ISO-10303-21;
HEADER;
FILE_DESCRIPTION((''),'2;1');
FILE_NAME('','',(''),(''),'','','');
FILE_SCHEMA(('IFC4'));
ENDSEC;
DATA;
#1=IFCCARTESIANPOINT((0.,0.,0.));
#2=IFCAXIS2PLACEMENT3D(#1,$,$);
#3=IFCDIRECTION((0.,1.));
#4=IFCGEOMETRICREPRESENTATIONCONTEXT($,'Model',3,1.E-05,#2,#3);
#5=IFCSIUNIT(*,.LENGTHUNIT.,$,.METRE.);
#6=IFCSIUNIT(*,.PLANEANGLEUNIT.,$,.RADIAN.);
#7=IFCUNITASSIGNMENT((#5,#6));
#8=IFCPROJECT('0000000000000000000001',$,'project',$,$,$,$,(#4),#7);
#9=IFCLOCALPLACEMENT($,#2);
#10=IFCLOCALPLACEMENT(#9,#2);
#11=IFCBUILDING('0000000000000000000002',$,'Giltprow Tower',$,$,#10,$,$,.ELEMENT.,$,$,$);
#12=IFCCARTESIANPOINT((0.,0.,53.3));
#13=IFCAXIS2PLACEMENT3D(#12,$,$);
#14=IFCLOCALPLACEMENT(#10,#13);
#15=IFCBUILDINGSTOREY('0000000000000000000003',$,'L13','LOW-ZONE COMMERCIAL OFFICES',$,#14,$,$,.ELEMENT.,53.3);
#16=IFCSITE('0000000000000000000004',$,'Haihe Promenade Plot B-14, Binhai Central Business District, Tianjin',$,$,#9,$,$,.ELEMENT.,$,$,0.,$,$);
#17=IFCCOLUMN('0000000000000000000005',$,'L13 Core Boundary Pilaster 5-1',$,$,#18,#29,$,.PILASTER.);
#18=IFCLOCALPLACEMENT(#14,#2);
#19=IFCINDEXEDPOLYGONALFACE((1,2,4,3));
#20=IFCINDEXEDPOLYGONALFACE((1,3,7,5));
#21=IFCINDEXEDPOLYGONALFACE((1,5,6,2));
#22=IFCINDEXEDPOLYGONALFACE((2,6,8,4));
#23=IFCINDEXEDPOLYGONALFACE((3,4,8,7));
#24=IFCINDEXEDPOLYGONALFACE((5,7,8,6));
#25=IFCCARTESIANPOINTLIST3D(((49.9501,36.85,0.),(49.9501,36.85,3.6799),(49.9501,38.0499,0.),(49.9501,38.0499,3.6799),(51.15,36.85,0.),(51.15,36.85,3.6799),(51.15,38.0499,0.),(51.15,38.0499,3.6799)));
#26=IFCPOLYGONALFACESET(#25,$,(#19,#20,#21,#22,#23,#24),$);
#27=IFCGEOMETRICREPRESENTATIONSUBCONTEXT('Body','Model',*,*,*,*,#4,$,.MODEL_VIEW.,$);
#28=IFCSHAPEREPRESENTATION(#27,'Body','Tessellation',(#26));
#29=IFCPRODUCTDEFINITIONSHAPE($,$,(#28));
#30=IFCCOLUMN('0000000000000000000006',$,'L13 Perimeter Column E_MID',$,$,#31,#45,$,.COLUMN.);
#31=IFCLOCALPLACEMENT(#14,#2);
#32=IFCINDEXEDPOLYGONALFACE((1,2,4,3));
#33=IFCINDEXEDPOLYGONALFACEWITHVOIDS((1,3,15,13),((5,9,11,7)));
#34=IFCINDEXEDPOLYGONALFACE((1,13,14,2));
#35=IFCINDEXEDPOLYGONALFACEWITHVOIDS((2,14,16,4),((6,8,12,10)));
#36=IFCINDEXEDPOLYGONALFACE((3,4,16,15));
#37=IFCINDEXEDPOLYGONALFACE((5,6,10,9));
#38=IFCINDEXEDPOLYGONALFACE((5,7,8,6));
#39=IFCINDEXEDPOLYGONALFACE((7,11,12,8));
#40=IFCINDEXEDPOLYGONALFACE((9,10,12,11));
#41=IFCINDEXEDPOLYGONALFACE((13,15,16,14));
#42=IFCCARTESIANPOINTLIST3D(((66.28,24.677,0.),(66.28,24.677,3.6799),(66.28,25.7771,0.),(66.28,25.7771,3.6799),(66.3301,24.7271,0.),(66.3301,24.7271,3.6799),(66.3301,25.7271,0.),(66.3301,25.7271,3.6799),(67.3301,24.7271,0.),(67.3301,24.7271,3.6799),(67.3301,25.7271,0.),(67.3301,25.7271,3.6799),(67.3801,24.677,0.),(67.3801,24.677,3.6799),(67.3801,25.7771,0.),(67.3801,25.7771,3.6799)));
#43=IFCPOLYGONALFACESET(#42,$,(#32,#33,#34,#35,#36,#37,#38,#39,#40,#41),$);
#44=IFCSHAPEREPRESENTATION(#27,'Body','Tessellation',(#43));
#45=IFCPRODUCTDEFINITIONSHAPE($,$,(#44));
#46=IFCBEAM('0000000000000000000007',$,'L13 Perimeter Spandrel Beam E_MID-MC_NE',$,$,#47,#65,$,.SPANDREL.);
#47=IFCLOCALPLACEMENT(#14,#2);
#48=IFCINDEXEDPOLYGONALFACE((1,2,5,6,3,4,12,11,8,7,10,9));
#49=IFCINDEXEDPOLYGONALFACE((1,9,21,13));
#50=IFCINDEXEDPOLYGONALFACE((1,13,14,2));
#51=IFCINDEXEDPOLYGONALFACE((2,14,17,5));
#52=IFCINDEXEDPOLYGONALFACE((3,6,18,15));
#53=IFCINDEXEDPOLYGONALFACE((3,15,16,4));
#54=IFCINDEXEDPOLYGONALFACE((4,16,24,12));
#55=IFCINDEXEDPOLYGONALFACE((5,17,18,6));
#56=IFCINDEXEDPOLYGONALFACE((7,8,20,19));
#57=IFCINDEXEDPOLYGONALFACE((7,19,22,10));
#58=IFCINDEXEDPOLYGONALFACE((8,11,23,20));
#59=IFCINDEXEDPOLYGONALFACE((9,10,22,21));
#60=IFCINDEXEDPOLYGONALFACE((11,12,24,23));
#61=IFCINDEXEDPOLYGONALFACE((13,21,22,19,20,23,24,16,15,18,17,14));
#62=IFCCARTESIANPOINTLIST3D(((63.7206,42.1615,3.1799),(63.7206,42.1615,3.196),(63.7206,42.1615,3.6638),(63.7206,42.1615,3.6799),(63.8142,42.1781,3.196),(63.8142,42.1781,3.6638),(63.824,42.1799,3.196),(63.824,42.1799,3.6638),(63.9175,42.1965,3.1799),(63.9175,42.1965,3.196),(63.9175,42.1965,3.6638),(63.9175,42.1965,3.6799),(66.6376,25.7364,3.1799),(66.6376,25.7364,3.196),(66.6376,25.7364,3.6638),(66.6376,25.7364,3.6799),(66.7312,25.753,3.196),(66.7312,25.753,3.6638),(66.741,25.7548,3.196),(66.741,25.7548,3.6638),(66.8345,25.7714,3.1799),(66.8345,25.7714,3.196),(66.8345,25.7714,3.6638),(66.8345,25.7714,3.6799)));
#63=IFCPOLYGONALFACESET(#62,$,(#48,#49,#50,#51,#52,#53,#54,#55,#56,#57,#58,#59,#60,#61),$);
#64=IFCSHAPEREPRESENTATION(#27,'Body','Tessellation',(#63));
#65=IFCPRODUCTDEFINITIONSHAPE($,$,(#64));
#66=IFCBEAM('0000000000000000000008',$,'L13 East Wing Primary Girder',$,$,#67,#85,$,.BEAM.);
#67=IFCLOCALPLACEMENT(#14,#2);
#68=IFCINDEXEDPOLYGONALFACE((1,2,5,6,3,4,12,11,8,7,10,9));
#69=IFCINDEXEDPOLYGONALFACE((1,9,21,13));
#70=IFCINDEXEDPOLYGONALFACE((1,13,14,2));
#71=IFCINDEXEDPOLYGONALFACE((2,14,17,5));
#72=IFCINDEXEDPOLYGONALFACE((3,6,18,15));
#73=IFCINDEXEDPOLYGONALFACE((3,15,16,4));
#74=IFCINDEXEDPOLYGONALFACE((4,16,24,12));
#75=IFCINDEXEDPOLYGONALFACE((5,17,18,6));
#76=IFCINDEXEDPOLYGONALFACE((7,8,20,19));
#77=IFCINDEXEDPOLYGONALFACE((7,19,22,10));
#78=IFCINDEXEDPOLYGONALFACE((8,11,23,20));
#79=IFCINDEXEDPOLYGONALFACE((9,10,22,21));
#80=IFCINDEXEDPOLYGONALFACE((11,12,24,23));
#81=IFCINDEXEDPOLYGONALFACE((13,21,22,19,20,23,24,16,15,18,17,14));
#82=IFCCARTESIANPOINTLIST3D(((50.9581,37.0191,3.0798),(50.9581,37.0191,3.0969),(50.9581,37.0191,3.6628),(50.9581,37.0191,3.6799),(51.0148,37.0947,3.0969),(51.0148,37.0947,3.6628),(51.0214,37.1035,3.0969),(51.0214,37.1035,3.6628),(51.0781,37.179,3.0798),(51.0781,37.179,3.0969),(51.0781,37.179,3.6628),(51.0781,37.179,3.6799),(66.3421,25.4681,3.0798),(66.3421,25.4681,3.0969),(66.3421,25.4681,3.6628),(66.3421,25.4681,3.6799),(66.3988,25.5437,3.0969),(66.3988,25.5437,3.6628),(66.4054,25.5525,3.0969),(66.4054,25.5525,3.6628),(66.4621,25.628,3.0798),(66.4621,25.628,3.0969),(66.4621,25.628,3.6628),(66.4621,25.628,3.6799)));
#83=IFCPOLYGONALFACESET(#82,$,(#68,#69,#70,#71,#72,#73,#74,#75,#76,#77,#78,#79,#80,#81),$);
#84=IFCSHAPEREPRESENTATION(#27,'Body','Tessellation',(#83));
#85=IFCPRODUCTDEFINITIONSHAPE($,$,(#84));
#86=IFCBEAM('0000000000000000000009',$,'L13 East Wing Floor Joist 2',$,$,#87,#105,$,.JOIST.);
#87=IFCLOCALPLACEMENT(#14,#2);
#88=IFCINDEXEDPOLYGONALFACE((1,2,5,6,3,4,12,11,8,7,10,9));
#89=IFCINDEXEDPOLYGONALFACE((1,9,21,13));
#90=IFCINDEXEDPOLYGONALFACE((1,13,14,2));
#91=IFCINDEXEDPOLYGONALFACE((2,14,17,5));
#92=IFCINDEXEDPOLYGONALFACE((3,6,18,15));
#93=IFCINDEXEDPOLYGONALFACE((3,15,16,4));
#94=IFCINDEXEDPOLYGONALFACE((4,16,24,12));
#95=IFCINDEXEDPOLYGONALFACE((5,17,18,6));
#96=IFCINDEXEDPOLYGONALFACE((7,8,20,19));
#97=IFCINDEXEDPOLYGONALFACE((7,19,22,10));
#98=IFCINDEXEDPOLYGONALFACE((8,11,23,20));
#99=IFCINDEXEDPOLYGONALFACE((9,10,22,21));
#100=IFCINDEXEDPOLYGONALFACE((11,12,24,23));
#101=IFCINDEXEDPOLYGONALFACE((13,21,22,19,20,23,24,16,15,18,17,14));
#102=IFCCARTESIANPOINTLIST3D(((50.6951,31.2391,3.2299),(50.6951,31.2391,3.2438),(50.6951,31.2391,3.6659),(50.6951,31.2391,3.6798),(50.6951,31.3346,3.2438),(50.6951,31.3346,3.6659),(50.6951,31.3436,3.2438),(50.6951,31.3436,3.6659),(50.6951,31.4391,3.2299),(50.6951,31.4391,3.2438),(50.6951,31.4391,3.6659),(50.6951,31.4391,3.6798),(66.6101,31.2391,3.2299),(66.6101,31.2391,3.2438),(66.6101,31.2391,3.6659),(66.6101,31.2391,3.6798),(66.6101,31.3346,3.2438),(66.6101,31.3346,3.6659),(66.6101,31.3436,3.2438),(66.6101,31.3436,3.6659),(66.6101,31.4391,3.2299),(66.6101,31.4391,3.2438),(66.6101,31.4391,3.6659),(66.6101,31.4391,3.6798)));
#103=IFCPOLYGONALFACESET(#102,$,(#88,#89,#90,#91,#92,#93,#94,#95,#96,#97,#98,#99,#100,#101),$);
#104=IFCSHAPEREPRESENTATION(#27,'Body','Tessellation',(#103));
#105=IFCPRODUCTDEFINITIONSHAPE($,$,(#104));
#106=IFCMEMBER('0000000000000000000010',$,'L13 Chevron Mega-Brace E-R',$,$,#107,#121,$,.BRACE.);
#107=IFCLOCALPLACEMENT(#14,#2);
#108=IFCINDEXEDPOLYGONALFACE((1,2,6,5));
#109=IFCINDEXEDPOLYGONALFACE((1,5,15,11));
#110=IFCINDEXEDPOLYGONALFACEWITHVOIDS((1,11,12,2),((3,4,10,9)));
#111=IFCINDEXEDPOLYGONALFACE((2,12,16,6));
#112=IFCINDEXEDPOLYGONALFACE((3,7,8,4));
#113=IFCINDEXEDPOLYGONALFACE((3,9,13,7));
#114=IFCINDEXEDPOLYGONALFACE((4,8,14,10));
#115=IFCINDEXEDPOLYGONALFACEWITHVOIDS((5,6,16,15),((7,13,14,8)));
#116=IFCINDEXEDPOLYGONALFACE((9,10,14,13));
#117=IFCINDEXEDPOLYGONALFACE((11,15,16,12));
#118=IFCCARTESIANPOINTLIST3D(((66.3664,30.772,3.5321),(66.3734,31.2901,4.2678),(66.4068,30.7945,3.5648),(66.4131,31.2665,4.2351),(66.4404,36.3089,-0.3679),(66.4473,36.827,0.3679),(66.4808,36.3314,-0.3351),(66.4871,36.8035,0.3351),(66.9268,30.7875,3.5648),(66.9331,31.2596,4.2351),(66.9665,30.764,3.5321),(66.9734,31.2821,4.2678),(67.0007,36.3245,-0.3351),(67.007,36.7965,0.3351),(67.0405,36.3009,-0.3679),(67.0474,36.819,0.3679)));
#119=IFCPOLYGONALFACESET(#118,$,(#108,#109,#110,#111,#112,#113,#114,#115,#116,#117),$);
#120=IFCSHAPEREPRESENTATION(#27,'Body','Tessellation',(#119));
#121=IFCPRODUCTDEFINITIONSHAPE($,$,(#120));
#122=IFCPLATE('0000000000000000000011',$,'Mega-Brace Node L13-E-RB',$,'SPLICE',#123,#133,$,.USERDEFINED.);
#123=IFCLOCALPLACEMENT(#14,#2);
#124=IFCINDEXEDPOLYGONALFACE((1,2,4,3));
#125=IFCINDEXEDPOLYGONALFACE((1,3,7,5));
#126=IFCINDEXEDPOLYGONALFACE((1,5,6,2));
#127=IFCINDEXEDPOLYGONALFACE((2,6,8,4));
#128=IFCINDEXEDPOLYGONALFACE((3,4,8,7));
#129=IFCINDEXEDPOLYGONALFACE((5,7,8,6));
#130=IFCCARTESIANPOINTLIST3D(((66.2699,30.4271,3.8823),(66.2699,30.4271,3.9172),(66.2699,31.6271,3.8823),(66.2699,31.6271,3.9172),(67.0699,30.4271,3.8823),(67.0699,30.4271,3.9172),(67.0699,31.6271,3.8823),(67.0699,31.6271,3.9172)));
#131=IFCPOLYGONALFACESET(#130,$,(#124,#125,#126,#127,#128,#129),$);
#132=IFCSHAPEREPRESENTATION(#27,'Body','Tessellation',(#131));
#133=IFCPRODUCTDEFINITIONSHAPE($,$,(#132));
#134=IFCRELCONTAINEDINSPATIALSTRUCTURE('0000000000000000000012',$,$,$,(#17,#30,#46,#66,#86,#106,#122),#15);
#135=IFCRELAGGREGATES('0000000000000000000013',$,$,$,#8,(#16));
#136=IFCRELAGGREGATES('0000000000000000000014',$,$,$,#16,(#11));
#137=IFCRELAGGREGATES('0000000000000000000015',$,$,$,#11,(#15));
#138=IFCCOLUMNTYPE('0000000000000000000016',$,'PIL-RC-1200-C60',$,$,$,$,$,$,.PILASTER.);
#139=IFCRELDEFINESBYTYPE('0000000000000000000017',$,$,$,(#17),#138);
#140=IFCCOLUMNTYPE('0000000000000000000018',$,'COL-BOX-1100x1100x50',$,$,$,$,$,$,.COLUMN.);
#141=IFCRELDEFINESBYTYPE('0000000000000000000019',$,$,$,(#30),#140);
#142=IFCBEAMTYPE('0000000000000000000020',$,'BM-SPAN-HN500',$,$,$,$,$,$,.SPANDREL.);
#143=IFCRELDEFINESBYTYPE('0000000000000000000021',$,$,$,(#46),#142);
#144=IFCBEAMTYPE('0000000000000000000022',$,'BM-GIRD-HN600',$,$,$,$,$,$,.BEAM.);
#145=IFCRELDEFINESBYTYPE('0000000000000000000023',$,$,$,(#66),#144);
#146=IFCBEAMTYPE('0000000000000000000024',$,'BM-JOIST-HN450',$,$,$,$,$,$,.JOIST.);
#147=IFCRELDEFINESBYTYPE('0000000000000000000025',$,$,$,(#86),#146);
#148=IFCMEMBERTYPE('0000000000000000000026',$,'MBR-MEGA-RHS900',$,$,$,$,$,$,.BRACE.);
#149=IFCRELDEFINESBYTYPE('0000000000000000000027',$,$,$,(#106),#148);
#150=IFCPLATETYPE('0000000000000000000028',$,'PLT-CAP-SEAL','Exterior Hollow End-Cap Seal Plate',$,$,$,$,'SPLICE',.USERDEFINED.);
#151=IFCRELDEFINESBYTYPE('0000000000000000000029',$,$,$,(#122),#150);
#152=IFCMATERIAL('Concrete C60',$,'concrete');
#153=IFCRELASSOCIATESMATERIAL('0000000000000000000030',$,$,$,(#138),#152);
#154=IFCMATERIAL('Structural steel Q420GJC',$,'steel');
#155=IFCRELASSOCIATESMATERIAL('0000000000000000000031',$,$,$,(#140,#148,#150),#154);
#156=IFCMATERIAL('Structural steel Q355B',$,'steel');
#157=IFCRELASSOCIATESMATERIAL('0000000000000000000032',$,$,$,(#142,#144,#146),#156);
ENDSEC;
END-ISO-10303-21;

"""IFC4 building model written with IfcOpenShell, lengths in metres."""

from ifc_helpers import new_model, si_unit, direction, frame, origin, origin_2d, place, context, subcontext, project, spatial, rectangle, hollow_rectangle, i_section, extrude, source, transform, mapped, material, material_profile, profile_set, type_object, element, save


model = new_model("IFC4")

# Units and contexts
model_context = context("Model", 3, precision=1e-05, world=origin(), true_north=direction((0.0, 1.0)))
body_context = subcontext(model_context, "Body", "Model", "MODEL_VIEW")
ifc_project = project(units=[si_unit("LENGTHUNIT", "METRE"), si_unit("PLANEANGLEUNIT", "RADIAN")], contexts=[model_context])

# Site, building, storey
site_placement = place(None, origin())
site = spatial("IfcSite", under=ifc_project, at=site_placement, Name="Haihe Promenade Plot B-14, Binhai Central Business District, Tianjin", CompositionType="ELEMENT", RefElevation=0.0)
building_placement = place(site_placement, origin())
building = spatial("IfcBuilding", under=site, at=building_placement, Name="Giltprow Tower", CompositionType="ELEMENT")
storey_placement = place(building_placement, frame((0.0, 0.0, 53.3)))
storey = spatial("IfcBuildingStorey", under=building, at=storey_placement, Name="L13", Description="LOW-ZONE COMMERCIAL OFFICES", CompositionType="ELEMENT", Elevation=53.3)

# Columns
ifc_material_1 = material(Name="Concrete C60", Category="concrete")
ifc_material_profile_1 = material_profile(ifc_material_1, rectangle(XDim=1.2, YDim=1.2, at=origin_2d()), Name="RC 1200x1200")
ifc_profile_set_1 = profile_set([ifc_material_profile_1], Name="Concrete C60")
column_type_1 = type_object("IfcColumnType", Name="PIL-RC-1200-C60", PredefinedType="PILASTER", material=ifc_profile_set_1)
shared_shape_1 = source(origin(), body_context, "Body", "SweptSolid", [
    extrude(rectangle(XDim=1.2, YDim=1.2, at=origin_2d()), origin(), (0.0, 0.0, 1.0), 3.6799),
])
column_1_placement = place(storey_placement, frame((50.55, 37.45, 0.0), z_axis=(0.0, 0.0, 1.0), x_axis=(1.0, 0.0, 0.0)))
element("IfcColumn", 1, at=column_1_placement, inside=storey, type_object=column_type_1, Name="L13 Core Boundary Pilaster 5-1", PredefinedType="PILASTER", context=body_context, shape_type="MappedRepresentation", body=[
    mapped(shared_shape_1, transform((0.0, 0.0, 0.0), x_axis=(1.0, 0.0, 0.0), y_axis=(0.0, 1.0, 0.0), z_axis=(0.0, 0.0, 1.0), scale=1.0)),
])
ifc_material_2 = material(Name="Structural steel Q420GJC", Category="steel")
ifc_material_profile_2 = material_profile(ifc_material_2, hollow_rectangle(XDim=1.1001, YDim=1.1001, WallThickness=0.05, at=origin_2d()), Name="BOX 1100x1100x50")
ifc_profile_set_2 = profile_set([ifc_material_profile_2], Name="Structural steel Q420GJC")
column_type_2 = type_object("IfcColumnType", Name="COL-BOX-1100x1100x50", PredefinedType="COLUMN", material=ifc_profile_set_2)
shared_shape_2 = source(origin(), body_context, "Body", "SweptSolid", [
    extrude(hollow_rectangle(XDim=1.1001, YDim=1.1001, WallThickness=0.05, at=origin_2d()), origin(), (0.0, 0.0, 1.0), 3.6799),
])
column_2_placement = place(storey_placement, frame((66.8301, 25.2271, 0.0), z_axis=(0.0, 0.0, 1.0), x_axis=(1.0, 0.0, 0.0)))
element("IfcColumn", 2, at=column_2_placement, inside=storey, type_object=column_type_2, Name="L13 Perimeter Column E_MID", PredefinedType="COLUMN", context=body_context, shape_type="MappedRepresentation", body=[
    mapped(shared_shape_2, transform((0.0, 0.0, 0.0), x_axis=(1.0, 0.0, 0.0), y_axis=(0.0, 1.0, 0.0), z_axis=(0.0, 0.0, 1.0), scale=1.0)),
])

# Beams
ifc_material_3 = material(Name="Structural steel Q355B", Category="steel")
ifc_material_profile_3 = material_profile(ifc_material_3, i_section(OverallWidth=0.2, OverallDepth=0.5, WebThickness=0.01, FlangeThickness=0.0161, at=origin_2d()), Name="HN 500x200x10x16")
ifc_profile_set_3 = profile_set([ifc_material_profile_3], Name="Structural steel Q355B")
beam_type_1 = type_object("IfcBeamType", Name="BM-SPAN-HN500", PredefinedType="SPANDREL", material=ifc_profile_set_3)
shared_shape_3 = source(origin(), body_context, "Body", "SweptSolid", [
    extrude(i_section(OverallWidth=0.2, OverallDepth=0.5, WebThickness=0.01, FlangeThickness=0.0161, at=origin_2d()), origin(), (0.0, 0.0, 1.0), 16.6821),
])
beam_1_placement = place(storey_placement, frame((66.7361, 25.7539, 3.4299), z_axis=(-0.174858, 0.984594, 0.0), x_axis=(-0.984594, -0.174858, 0.0)))
element("IfcBeam", 3, at=beam_1_placement, inside=storey, type_object=beam_type_1, Name="L13 Perimeter Spandrel Beam E_MID-MC_NE", PredefinedType="SPANDREL", context=body_context, shape_type="MappedRepresentation", body=[
    mapped(shared_shape_3, transform((0.0, 0.0, 0.0), x_axis=(1.0, 0.0, 0.0), y_axis=(0.0, 1.0, 0.0), z_axis=(0.0, 0.0, 1.0), scale=1.0)),
])
ifc_material_profile_4 = material_profile(ifc_material_3, i_section(OverallWidth=0.2, OverallDepth=0.6001, WebThickness=0.011, FlangeThickness=0.0171, at=origin_2d()), Name="HN 600x200x11x17")
ifc_profile_set_4 = profile_set([ifc_material_profile_4], Name="Structural steel Q355B")
beam_type_2 = type_object("IfcBeamType", Name="BM-GIRD-HN600", PredefinedType="BEAM", material=ifc_profile_set_4)
shared_shape_4 = source(origin(), body_context, "Body", "SweptSolid", [
    extrude(i_section(OverallWidth=0.2, OverallDepth=0.6001, WebThickness=0.011, FlangeThickness=0.0171, at=origin_2d()), origin(), (0.0, 0.0, 1.0), 19.2378),
])
beam_2_placement = place(storey_placement, frame((66.4021, 25.5481, 3.3799), z_axis=(-0.799676, 0.600432, 0.0), x_axis=(-0.600432, -0.799676, 0.0)))
element("IfcBeam", 4, at=beam_2_placement, inside=storey, type_object=beam_type_2, Name="L13 East Wing Primary Girder", PredefinedType="BEAM", context=body_context, shape_type="MappedRepresentation", body=[
    mapped(shared_shape_4, transform((0.0, 0.0, 0.0), x_axis=(1.0, 0.0, 0.0), y_axis=(0.0, 1.0, 0.0), z_axis=(0.0, 0.0, 1.0), scale=1.0)),
])
ifc_material_profile_5 = material_profile(ifc_material_3, i_section(OverallWidth=0.2, OverallDepth=0.45, WebThickness=0.009, FlangeThickness=0.0139, at=origin_2d()), Name="HN 450x200x9x14")
ifc_profile_set_5 = profile_set([ifc_material_profile_5], Name="Structural steel Q355B")
beam_type_3 = type_object("IfcBeamType", Name="BM-JOIST-HN450", PredefinedType="JOIST", material=ifc_profile_set_5)
shared_shape_5 = source(origin(), body_context, "Body", "SweptSolid", [
    extrude(i_section(OverallWidth=0.2, OverallDepth=0.45, WebThickness=0.009, FlangeThickness=0.0139, at=origin_2d()), origin(), (0.0, 0.0, 1.0), 15.915),
])
beam_3_placement = place(storey_placement, frame((50.6951, 31.3391, 3.4548), z_axis=(1.0, 0.0, 0.0), x_axis=(0.0, 1.0, 0.0)))
element("IfcBeam", 5, at=beam_3_placement, inside=storey, type_object=beam_type_3, Name="L13 East Wing Floor Joist 2", PredefinedType="JOIST", context=body_context, shape_type="MappedRepresentation", body=[
    mapped(shared_shape_5, transform((0.0, 0.0, 0.0), x_axis=(1.0, 0.0, 0.0), y_axis=(0.0, 1.0, 0.0), z_axis=(0.0, 0.0, 1.0), scale=1.0)),
])

# Member
ifc_material_profile_6 = material_profile(ifc_material_2, hollow_rectangle(XDim=0.6001, YDim=0.8999, WallThickness=0.04, at=origin_2d()), Name="RHS 900x600x40")
ifc_profile_set_6 = profile_set([ifc_material_profile_6], Name="Structural steel Q420GJC")
member_type = type_object("IfcMemberType", Name="MBR-MEGA-RHS900", PredefinedType="BRACE", material=ifc_profile_set_6)
shared_shape_6 = source(origin(), body_context, "Body", "SweptSolid", [
    extrude(hollow_rectangle(XDim=0.6001, YDim=0.8999, WallThickness=0.04, at=origin_2d()), origin(), (0.0, 0.0, 1.0), 6.7729),
])
member_placement = place(storey_placement, frame((66.7439, 36.564, 0.0), z_axis=(-0.010922, -0.817508, 0.575814), x_axis=(0.999911, -0.013359, 0.0)))
element("IfcMember", 6, at=member_placement, inside=storey, type_object=member_type, Name="L13 Chevron Mega-Brace E-R", PredefinedType="BRACE", context=body_context, shape_type="MappedRepresentation", body=[
    mapped(shared_shape_6, transform((0.0, 0.0, 0.0), x_axis=(1.0, 0.0, 0.0), y_axis=(0.0, 1.0, 0.0), z_axis=(0.0, 0.0, 1.0), scale=1.0)),
])

# Plate
plate_type = type_object("IfcPlateType", Name="PLT-CAP-SEAL", Description="Exterior Hollow End-Cap Seal Plate", ElementType="SPLICE", PredefinedType="USERDEFINED", material=ifc_material_2)
shared_shape_7 = source(origin(), body_context, "Body", "SweptSolid", [
    extrude(rectangle(XDim=1.2, YDim=0.8, at=origin_2d()), origin(), (0.0, 0.0, 1.0), 0.0349),
])
plate_placement = place(storey_placement, frame((66.6699, 31.0271, 3.8823), z_axis=(0.0, 0.0, 1.0), x_axis=(0.0, 1.0, 0.0)))
element("IfcPlate", 7, at=plate_placement, inside=storey, type_object=plate_type, Name="Mega-Brace Node L13-E-RB", ObjectType="SPLICE", PredefinedType="USERDEFINED", context=body_context, shape_type="MappedRepresentation", body=[
    mapped(shared_shape_7, transform((0.0, 0.0, 0.0), x_axis=(1.0, 0.0, 0.0), y_axis=(0.0, 1.0, 0.0), z_axis=(0.0, 0.0, 1.0), scale=1.0)),
])

save(model, "model.ifc")
